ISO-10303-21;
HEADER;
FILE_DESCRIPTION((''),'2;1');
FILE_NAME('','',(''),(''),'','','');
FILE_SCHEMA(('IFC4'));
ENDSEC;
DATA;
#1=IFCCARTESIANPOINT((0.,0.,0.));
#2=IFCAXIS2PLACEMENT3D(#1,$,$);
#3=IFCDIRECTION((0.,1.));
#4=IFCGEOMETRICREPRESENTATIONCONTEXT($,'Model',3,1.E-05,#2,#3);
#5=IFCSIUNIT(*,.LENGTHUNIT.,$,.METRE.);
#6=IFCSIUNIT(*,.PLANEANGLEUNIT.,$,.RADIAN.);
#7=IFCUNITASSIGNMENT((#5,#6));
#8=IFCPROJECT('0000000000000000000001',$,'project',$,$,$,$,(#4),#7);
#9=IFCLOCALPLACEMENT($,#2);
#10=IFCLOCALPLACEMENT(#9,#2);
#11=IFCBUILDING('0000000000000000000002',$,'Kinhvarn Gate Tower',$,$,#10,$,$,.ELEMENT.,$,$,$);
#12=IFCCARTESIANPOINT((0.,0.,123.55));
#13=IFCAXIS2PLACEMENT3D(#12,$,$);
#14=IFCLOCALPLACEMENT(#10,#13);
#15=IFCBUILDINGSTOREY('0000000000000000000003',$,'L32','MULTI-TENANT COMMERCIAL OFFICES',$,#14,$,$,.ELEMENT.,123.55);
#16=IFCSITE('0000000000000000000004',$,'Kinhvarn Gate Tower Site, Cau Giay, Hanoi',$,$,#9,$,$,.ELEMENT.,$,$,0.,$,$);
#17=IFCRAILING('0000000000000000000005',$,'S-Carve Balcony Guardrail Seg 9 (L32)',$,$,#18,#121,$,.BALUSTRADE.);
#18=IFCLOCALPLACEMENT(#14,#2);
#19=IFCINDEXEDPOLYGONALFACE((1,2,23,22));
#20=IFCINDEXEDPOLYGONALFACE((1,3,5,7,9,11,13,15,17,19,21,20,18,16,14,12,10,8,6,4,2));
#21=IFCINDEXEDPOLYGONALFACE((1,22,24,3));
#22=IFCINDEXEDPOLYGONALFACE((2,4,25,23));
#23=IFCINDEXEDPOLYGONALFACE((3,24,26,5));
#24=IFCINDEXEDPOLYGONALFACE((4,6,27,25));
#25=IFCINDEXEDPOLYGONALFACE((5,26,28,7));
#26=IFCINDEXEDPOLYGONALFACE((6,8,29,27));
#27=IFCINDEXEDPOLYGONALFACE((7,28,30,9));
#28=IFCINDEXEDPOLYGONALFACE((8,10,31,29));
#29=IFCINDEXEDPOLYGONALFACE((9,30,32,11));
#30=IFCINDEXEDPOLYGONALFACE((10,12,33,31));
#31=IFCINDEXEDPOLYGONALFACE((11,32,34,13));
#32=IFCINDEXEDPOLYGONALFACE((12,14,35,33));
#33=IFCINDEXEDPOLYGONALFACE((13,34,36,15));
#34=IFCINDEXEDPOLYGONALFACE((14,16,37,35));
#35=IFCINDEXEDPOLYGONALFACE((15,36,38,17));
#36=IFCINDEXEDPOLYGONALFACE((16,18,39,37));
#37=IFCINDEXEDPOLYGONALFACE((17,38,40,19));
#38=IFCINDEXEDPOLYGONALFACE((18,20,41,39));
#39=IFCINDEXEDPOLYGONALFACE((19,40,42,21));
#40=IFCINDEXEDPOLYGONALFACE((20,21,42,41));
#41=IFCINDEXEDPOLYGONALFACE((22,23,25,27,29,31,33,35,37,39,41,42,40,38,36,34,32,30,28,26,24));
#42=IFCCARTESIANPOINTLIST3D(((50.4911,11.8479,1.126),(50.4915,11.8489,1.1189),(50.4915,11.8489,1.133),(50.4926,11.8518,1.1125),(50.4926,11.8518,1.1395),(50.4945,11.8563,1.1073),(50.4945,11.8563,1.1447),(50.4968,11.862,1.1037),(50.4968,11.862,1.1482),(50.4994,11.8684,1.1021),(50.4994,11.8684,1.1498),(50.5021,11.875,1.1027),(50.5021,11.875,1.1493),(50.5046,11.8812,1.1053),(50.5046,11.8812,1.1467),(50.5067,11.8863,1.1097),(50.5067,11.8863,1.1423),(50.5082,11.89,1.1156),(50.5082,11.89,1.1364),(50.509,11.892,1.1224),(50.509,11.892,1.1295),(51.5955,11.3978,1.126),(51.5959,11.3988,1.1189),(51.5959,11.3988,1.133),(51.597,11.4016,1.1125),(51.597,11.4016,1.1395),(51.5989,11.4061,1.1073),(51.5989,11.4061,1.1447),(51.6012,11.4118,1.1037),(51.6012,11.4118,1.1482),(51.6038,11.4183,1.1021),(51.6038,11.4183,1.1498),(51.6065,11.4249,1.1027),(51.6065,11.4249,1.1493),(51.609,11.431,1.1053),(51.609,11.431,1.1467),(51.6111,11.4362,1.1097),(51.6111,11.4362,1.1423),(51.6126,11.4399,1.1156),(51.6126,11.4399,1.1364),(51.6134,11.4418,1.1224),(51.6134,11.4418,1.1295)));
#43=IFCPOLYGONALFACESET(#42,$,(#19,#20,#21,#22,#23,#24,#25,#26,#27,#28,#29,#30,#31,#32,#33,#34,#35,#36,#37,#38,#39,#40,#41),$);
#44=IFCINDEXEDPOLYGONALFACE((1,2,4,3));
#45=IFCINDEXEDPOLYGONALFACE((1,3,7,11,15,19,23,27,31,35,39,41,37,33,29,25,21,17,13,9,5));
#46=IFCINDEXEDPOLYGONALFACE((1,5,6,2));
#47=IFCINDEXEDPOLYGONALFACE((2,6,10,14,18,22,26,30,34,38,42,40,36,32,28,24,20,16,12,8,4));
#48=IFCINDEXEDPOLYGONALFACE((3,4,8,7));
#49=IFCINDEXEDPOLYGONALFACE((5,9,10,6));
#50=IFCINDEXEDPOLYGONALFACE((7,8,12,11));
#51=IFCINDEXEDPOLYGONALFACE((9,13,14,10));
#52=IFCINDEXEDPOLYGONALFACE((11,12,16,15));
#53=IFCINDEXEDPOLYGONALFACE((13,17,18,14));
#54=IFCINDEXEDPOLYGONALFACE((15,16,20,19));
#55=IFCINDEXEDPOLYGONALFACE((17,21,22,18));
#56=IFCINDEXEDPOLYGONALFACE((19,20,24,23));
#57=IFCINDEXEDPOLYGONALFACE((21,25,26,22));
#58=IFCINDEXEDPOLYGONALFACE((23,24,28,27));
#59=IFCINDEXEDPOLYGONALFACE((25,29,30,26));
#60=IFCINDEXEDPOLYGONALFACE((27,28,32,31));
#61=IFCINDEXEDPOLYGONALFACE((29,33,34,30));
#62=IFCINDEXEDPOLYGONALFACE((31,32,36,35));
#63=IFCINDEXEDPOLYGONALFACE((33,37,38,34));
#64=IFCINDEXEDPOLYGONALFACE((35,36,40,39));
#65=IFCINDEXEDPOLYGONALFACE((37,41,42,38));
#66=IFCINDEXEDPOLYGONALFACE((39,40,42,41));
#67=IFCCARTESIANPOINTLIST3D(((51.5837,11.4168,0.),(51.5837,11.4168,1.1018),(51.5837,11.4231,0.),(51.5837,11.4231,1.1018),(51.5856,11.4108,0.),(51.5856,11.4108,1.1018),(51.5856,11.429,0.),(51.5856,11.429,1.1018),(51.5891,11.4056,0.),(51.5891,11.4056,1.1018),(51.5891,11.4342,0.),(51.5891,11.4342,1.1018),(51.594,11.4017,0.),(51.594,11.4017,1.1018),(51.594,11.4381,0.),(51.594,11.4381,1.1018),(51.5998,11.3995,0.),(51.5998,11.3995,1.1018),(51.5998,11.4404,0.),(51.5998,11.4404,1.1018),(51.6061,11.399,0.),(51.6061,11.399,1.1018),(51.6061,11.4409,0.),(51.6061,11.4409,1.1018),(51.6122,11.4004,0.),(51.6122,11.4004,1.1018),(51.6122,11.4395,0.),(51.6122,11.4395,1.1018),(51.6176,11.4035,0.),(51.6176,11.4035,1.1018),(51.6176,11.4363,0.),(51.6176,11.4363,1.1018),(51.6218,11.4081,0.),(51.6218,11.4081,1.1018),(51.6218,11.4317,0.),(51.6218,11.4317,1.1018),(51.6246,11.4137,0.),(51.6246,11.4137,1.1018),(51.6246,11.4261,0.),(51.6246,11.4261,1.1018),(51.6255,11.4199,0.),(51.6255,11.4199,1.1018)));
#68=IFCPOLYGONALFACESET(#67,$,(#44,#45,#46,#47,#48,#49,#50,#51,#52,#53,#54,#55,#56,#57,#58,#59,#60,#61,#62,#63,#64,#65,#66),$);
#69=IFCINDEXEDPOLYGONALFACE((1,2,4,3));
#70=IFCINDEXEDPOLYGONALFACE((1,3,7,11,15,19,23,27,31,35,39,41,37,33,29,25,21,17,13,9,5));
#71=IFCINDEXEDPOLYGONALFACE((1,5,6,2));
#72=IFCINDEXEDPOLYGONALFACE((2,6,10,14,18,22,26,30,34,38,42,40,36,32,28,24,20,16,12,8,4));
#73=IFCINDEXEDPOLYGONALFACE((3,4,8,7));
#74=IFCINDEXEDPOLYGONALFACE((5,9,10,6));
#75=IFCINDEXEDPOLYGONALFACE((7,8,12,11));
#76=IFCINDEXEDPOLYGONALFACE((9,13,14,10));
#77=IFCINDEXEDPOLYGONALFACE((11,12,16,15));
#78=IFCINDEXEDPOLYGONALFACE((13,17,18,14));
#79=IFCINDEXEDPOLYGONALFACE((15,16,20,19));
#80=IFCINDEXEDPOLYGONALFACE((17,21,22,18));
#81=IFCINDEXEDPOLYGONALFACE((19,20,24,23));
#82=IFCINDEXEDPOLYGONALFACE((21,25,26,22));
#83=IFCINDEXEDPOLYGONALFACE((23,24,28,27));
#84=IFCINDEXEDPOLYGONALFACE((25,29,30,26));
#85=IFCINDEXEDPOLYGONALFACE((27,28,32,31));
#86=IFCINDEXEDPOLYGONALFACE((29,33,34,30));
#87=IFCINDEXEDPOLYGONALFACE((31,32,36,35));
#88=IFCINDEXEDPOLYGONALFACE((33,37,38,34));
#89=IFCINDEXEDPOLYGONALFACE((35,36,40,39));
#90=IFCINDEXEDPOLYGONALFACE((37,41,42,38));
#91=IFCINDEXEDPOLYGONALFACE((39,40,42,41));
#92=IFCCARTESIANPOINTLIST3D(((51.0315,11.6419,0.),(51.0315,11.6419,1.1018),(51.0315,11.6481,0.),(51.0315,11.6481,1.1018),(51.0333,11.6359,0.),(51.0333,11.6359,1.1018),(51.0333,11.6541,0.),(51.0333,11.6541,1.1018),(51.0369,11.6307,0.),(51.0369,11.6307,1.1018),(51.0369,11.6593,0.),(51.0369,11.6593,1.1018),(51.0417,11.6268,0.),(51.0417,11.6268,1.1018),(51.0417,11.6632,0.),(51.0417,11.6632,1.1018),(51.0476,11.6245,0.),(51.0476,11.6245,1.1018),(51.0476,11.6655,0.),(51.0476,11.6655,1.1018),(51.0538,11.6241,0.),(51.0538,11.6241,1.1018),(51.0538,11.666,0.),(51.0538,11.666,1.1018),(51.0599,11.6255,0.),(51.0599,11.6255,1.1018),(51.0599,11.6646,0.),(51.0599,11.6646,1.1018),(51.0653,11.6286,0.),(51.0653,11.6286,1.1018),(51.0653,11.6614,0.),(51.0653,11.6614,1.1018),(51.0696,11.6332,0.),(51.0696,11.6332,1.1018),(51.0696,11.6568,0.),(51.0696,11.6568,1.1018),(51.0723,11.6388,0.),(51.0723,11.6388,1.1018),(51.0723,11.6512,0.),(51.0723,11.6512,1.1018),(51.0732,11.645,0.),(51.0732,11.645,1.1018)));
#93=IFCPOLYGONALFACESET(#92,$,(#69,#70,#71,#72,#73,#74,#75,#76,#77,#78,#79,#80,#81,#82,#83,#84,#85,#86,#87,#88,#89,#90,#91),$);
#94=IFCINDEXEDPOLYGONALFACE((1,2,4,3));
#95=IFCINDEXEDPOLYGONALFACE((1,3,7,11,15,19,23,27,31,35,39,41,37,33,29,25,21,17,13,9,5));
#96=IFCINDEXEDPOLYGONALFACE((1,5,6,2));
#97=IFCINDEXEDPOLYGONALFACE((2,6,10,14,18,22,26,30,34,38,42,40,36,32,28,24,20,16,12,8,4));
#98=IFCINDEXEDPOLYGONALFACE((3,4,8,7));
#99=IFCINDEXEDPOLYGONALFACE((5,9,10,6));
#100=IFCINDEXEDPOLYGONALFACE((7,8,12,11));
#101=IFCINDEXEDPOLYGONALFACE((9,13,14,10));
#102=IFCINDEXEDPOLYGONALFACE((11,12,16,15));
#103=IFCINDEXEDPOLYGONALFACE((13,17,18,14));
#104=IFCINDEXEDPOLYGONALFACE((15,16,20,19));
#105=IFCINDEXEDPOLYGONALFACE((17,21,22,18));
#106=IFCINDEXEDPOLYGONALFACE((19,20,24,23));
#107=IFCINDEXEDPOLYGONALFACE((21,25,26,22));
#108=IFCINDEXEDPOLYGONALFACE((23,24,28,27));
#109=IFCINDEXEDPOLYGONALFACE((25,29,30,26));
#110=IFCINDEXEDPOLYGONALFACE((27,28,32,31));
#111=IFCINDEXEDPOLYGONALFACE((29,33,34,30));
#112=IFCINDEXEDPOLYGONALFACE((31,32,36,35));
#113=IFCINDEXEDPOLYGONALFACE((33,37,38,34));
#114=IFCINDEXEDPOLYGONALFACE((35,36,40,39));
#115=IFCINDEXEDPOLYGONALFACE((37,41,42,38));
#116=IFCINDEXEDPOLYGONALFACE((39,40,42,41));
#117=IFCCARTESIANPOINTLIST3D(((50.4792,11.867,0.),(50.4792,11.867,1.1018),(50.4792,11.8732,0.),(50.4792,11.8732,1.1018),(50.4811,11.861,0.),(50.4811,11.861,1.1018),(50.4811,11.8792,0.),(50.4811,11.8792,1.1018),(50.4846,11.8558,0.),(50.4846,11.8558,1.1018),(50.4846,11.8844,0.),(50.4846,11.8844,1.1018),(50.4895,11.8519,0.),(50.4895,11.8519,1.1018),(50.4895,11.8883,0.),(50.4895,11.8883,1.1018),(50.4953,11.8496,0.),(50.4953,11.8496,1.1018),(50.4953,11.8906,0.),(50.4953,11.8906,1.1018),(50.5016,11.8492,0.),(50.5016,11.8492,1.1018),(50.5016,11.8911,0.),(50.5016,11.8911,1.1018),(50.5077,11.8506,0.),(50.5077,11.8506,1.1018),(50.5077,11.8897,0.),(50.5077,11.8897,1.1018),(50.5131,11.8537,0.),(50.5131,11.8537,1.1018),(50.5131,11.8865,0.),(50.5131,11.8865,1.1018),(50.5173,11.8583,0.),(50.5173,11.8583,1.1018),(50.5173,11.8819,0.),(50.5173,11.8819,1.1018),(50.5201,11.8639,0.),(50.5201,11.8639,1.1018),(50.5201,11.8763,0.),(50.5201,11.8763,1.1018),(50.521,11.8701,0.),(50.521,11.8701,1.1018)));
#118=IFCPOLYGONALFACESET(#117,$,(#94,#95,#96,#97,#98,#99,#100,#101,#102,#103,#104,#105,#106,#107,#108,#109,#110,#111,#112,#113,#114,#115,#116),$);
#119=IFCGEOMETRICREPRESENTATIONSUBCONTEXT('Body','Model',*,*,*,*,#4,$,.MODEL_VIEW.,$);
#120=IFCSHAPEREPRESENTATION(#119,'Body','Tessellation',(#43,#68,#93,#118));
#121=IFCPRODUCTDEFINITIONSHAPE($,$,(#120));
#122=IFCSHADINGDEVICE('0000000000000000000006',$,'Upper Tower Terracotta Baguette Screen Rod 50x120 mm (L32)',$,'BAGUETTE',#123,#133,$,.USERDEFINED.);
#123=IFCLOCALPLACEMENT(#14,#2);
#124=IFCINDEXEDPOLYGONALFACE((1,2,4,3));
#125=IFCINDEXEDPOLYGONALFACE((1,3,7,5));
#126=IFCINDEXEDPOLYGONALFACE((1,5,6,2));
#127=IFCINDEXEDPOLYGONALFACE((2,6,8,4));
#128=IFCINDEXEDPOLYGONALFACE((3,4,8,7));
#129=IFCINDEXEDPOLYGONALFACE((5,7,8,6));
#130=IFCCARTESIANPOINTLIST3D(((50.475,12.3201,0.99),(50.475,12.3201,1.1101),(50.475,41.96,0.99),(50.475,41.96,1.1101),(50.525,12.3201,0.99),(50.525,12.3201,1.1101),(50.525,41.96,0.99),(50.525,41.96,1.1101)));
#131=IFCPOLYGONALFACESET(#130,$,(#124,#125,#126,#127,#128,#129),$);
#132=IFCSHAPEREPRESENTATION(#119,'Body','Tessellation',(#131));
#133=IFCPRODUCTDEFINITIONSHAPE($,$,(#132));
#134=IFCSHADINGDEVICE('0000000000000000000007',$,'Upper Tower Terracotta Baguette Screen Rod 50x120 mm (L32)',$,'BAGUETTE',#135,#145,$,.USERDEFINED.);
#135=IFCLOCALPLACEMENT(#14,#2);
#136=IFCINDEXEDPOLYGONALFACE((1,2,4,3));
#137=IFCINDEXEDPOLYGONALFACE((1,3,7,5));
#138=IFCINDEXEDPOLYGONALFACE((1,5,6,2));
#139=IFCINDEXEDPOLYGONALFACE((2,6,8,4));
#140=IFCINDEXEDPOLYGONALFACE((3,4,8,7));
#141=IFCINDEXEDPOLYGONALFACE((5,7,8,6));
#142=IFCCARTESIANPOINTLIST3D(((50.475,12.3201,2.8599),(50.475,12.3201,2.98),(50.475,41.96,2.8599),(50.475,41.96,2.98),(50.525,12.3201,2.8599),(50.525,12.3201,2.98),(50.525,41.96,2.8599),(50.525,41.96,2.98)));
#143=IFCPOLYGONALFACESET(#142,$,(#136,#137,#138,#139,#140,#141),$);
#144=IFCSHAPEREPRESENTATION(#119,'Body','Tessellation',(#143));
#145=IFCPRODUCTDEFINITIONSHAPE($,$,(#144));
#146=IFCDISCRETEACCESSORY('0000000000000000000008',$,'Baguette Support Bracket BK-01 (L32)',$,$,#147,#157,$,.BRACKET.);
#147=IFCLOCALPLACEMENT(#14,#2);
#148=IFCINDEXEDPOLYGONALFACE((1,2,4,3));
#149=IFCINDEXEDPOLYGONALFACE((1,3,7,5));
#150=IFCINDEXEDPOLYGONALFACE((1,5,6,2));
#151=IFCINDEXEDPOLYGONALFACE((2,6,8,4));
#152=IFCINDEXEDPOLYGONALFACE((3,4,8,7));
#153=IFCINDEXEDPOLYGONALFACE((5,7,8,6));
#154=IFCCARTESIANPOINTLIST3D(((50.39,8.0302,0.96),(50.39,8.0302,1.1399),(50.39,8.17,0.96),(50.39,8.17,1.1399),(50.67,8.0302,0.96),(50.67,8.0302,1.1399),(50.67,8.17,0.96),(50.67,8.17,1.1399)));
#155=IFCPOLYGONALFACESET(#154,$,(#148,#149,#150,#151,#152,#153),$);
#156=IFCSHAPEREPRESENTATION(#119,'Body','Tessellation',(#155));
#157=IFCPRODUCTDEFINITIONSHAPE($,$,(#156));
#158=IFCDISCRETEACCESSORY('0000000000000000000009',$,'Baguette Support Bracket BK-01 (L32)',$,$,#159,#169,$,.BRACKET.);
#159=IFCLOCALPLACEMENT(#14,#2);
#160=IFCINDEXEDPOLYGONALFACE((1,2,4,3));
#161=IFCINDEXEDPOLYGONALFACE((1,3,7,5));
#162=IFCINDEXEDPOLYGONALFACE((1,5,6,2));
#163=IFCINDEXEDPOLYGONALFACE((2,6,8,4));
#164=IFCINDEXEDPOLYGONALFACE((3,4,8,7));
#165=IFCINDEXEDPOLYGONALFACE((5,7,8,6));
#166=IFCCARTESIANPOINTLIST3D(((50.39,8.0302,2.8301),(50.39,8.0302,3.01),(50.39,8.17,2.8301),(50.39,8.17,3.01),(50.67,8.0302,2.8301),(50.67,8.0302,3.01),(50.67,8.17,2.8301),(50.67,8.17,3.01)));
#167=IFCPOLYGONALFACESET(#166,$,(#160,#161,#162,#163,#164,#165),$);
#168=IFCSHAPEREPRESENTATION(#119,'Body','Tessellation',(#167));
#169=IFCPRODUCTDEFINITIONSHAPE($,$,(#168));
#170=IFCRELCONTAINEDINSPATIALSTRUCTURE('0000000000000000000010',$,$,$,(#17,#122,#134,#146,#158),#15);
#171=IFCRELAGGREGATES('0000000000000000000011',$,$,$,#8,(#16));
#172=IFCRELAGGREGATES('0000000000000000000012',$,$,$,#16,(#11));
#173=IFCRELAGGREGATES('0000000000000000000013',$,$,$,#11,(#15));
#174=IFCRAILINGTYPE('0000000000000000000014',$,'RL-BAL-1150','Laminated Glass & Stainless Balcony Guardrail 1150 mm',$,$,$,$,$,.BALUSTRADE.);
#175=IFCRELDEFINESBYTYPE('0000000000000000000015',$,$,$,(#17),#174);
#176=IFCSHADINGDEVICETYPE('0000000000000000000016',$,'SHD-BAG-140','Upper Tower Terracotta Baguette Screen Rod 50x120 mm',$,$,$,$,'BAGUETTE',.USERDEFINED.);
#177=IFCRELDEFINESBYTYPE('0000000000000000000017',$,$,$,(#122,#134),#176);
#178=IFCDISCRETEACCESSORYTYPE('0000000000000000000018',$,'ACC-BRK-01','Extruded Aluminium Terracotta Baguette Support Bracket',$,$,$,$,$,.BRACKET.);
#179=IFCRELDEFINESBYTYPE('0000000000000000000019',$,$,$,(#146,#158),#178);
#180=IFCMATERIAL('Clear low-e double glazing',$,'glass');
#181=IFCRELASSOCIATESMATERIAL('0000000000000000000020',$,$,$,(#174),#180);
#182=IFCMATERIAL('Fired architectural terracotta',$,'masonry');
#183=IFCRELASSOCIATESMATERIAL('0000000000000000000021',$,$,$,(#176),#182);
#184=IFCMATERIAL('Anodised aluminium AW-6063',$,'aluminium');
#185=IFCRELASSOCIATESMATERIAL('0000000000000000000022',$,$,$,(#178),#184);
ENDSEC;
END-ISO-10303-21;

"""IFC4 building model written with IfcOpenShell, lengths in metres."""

from ifc_helpers import new_model, si_unit, direction, frame, origin, origin_2d, place, context, subcontext, project, spatial, rectangle, circle, extrude, material, material_profile, profile_set, type_object, element, save


model = new_model("IFC4")

# Units and contexts
model_context = context("Model", 3, precision=1e-05, world=origin(), true_north=direction((0.0, 1.0)))
body_context = subcontext(model_context, "Body", "Model", "MODEL_VIEW")
ifc_project = project(units=[si_unit("LENGTHUNIT", "METRE"), si_unit("PLANEANGLEUNIT", "RADIAN")], contexts=[model_context])

# Site, building, storey
site_placement = place(None, origin())
site = spatial("IfcSite", under=ifc_project, at=site_placement, Name="Kinhvarn Gate Tower Site, Cau Giay, Hanoi", CompositionType="ELEMENT", RefElevation=0.0)
building_placement = place(site_placement, origin())
building = spatial("IfcBuilding", under=site, at=building_placement, Name="Kinhvarn Gate Tower", CompositionType="ELEMENT")
storey_placement = place(building_placement, frame((0.0, 0.0, 123.55)))
storey = spatial("IfcBuildingStorey", under=building, at=storey_placement, Name="L32", Description="MULTI-TENANT COMMERCIAL OFFICES", CompositionType="ELEMENT", Elevation=123.55)

# Shared definitions
ifc_material_1 = material(Name="Anodised aluminium AW-6063", Category="aluminium")

# Shared definitions
ifc_material_2 = material(Name="Clear low-e double glazing", Category="glass")

# Shared definitions
ifc_material_3 = material(Name="Fired architectural terracotta", Category="masonry")

# Railing
railing_type = type_object("IfcRailingType", Name="RL-BAL-1150", Description="Laminated Glass & Stainless Balcony Guardrail 1150 mm", PredefinedType="BALUSTRADE", material=ifc_material_2)
railing_placement = place(storey_placement, frame((51.6045, 11.4199, 0.0)))
element("IfcRailing", 1, at=railing_placement, inside=storey, type_object=railing_type, Name="S-Carve Balcony Guardrail Seg 9 (L32)", PredefinedType="BALUSTRADE", context=body_context, shape_type="SweptSolid", body=[
    extrude(circle(Radius=0.0239, at=origin_2d()), frame((0.0, 0.0, 1.126), z_axis=(-0.926029, 0.377453, 0.0), x_axis=(-0.377453, -0.926029, 0.0)), (0.0, 0.0, 1.0), 1.1926),
    extrude(circle(Radius=0.021, at=origin_2d()), origin(), (0.0, 0.0, 1.0), 1.1018),
    extrude(circle(Radius=0.021, at=origin_2d()), frame((-0.5522, 0.2251, 0.0)), (0.0, 0.0, 1.0), 1.1018),
    extrude(circle(Radius=0.021, at=origin_2d()), frame((-1.1045, 0.4502, 0.0)), (0.0, 0.0, 1.0), 1.1018),
])

# Shading devices
ifc_material_profile_1 = material_profile(ifc_material_3, rectangle(XDim=0.05, YDim=0.1201, at=origin_2d()), Name="TC 50x120")
ifc_profile_set_1 = profile_set([ifc_material_profile_1], Name="Fired architectural terracotta")
shading_device_type = type_object("IfcShadingDeviceType", Name="SHD-BAG-140", Description="Upper Tower Terracotta Baguette Screen Rod 50x120 mm", ElementType="BAGUETTE", PredefinedType="USERDEFINED", material=ifc_profile_set_1)
for number, where, z_axis, x_axis, name in (
    (2, (50.5, 12.3201, 1.05), (0.0, 1.0, 0.0), (-1.0, 0.0, 0.0), "Upper Tower Terracotta Baguette Screen Rod 50x120 mm (L32)"),
    (3, (50.5, 12.3201, 2.9199), (0.0, 1.0, 0.0), (-1.0, 0.0, 0.0), "Upper Tower Terracotta Baguette Screen Rod 50x120 mm (L32)"),
):
    element("IfcShadingDevice", number, at=place(storey_placement, frame(where, z_axis=z_axis, x_axis=x_axis)), inside=storey, type_object=shading_device_type, Name=name, ObjectType="BAGUETTE", PredefinedType="USERDEFINED", context=body_context, shape_type="SweptSolid", body=[
        extrude(rectangle(XDim=0.05, YDim=0.1201, at=origin_2d()), origin(), (0.0, 0.0, 1.0), 29.6399),
    ])

# Discrete accessories
discrete_accessory_type = type_object("IfcDiscreteAccessoryType", Name="ACC-BRK-01", Description="Extruded Aluminium Terracotta Baguette Support Bracket", PredefinedType="BRACKET", material=ifc_material_1)
for number, where, z_axis, x_axis, name in (
    (4, (50.53, 8.1001, 0.96), (0.0, 0.0, 1.0), (0.0, 1.0, 0.0), "Baguette Support Bracket BK-01 (L32)"),
    (5, (50.53, 8.1001, 2.8301), (0.0, 0.0, 1.0), (0.0, 1.0, 0.0), "Baguette Support Bracket BK-01 (L32)"),
):
    element("IfcDiscreteAccessory", number, at=place(storey_placement, frame(where, z_axis=z_axis, x_axis=x_axis)), inside=storey, type_object=discrete_accessory_type, Name=name, PredefinedType="BRACKET", context=body_context, shape_type="SweptSolid", body=[
        extrude(rectangle(XDim=0.1399, YDim=0.28, at=origin_2d()), origin(), (0.0, 0.0, 1.0), 0.1799),
    ])

save(model, "model.ifc")
